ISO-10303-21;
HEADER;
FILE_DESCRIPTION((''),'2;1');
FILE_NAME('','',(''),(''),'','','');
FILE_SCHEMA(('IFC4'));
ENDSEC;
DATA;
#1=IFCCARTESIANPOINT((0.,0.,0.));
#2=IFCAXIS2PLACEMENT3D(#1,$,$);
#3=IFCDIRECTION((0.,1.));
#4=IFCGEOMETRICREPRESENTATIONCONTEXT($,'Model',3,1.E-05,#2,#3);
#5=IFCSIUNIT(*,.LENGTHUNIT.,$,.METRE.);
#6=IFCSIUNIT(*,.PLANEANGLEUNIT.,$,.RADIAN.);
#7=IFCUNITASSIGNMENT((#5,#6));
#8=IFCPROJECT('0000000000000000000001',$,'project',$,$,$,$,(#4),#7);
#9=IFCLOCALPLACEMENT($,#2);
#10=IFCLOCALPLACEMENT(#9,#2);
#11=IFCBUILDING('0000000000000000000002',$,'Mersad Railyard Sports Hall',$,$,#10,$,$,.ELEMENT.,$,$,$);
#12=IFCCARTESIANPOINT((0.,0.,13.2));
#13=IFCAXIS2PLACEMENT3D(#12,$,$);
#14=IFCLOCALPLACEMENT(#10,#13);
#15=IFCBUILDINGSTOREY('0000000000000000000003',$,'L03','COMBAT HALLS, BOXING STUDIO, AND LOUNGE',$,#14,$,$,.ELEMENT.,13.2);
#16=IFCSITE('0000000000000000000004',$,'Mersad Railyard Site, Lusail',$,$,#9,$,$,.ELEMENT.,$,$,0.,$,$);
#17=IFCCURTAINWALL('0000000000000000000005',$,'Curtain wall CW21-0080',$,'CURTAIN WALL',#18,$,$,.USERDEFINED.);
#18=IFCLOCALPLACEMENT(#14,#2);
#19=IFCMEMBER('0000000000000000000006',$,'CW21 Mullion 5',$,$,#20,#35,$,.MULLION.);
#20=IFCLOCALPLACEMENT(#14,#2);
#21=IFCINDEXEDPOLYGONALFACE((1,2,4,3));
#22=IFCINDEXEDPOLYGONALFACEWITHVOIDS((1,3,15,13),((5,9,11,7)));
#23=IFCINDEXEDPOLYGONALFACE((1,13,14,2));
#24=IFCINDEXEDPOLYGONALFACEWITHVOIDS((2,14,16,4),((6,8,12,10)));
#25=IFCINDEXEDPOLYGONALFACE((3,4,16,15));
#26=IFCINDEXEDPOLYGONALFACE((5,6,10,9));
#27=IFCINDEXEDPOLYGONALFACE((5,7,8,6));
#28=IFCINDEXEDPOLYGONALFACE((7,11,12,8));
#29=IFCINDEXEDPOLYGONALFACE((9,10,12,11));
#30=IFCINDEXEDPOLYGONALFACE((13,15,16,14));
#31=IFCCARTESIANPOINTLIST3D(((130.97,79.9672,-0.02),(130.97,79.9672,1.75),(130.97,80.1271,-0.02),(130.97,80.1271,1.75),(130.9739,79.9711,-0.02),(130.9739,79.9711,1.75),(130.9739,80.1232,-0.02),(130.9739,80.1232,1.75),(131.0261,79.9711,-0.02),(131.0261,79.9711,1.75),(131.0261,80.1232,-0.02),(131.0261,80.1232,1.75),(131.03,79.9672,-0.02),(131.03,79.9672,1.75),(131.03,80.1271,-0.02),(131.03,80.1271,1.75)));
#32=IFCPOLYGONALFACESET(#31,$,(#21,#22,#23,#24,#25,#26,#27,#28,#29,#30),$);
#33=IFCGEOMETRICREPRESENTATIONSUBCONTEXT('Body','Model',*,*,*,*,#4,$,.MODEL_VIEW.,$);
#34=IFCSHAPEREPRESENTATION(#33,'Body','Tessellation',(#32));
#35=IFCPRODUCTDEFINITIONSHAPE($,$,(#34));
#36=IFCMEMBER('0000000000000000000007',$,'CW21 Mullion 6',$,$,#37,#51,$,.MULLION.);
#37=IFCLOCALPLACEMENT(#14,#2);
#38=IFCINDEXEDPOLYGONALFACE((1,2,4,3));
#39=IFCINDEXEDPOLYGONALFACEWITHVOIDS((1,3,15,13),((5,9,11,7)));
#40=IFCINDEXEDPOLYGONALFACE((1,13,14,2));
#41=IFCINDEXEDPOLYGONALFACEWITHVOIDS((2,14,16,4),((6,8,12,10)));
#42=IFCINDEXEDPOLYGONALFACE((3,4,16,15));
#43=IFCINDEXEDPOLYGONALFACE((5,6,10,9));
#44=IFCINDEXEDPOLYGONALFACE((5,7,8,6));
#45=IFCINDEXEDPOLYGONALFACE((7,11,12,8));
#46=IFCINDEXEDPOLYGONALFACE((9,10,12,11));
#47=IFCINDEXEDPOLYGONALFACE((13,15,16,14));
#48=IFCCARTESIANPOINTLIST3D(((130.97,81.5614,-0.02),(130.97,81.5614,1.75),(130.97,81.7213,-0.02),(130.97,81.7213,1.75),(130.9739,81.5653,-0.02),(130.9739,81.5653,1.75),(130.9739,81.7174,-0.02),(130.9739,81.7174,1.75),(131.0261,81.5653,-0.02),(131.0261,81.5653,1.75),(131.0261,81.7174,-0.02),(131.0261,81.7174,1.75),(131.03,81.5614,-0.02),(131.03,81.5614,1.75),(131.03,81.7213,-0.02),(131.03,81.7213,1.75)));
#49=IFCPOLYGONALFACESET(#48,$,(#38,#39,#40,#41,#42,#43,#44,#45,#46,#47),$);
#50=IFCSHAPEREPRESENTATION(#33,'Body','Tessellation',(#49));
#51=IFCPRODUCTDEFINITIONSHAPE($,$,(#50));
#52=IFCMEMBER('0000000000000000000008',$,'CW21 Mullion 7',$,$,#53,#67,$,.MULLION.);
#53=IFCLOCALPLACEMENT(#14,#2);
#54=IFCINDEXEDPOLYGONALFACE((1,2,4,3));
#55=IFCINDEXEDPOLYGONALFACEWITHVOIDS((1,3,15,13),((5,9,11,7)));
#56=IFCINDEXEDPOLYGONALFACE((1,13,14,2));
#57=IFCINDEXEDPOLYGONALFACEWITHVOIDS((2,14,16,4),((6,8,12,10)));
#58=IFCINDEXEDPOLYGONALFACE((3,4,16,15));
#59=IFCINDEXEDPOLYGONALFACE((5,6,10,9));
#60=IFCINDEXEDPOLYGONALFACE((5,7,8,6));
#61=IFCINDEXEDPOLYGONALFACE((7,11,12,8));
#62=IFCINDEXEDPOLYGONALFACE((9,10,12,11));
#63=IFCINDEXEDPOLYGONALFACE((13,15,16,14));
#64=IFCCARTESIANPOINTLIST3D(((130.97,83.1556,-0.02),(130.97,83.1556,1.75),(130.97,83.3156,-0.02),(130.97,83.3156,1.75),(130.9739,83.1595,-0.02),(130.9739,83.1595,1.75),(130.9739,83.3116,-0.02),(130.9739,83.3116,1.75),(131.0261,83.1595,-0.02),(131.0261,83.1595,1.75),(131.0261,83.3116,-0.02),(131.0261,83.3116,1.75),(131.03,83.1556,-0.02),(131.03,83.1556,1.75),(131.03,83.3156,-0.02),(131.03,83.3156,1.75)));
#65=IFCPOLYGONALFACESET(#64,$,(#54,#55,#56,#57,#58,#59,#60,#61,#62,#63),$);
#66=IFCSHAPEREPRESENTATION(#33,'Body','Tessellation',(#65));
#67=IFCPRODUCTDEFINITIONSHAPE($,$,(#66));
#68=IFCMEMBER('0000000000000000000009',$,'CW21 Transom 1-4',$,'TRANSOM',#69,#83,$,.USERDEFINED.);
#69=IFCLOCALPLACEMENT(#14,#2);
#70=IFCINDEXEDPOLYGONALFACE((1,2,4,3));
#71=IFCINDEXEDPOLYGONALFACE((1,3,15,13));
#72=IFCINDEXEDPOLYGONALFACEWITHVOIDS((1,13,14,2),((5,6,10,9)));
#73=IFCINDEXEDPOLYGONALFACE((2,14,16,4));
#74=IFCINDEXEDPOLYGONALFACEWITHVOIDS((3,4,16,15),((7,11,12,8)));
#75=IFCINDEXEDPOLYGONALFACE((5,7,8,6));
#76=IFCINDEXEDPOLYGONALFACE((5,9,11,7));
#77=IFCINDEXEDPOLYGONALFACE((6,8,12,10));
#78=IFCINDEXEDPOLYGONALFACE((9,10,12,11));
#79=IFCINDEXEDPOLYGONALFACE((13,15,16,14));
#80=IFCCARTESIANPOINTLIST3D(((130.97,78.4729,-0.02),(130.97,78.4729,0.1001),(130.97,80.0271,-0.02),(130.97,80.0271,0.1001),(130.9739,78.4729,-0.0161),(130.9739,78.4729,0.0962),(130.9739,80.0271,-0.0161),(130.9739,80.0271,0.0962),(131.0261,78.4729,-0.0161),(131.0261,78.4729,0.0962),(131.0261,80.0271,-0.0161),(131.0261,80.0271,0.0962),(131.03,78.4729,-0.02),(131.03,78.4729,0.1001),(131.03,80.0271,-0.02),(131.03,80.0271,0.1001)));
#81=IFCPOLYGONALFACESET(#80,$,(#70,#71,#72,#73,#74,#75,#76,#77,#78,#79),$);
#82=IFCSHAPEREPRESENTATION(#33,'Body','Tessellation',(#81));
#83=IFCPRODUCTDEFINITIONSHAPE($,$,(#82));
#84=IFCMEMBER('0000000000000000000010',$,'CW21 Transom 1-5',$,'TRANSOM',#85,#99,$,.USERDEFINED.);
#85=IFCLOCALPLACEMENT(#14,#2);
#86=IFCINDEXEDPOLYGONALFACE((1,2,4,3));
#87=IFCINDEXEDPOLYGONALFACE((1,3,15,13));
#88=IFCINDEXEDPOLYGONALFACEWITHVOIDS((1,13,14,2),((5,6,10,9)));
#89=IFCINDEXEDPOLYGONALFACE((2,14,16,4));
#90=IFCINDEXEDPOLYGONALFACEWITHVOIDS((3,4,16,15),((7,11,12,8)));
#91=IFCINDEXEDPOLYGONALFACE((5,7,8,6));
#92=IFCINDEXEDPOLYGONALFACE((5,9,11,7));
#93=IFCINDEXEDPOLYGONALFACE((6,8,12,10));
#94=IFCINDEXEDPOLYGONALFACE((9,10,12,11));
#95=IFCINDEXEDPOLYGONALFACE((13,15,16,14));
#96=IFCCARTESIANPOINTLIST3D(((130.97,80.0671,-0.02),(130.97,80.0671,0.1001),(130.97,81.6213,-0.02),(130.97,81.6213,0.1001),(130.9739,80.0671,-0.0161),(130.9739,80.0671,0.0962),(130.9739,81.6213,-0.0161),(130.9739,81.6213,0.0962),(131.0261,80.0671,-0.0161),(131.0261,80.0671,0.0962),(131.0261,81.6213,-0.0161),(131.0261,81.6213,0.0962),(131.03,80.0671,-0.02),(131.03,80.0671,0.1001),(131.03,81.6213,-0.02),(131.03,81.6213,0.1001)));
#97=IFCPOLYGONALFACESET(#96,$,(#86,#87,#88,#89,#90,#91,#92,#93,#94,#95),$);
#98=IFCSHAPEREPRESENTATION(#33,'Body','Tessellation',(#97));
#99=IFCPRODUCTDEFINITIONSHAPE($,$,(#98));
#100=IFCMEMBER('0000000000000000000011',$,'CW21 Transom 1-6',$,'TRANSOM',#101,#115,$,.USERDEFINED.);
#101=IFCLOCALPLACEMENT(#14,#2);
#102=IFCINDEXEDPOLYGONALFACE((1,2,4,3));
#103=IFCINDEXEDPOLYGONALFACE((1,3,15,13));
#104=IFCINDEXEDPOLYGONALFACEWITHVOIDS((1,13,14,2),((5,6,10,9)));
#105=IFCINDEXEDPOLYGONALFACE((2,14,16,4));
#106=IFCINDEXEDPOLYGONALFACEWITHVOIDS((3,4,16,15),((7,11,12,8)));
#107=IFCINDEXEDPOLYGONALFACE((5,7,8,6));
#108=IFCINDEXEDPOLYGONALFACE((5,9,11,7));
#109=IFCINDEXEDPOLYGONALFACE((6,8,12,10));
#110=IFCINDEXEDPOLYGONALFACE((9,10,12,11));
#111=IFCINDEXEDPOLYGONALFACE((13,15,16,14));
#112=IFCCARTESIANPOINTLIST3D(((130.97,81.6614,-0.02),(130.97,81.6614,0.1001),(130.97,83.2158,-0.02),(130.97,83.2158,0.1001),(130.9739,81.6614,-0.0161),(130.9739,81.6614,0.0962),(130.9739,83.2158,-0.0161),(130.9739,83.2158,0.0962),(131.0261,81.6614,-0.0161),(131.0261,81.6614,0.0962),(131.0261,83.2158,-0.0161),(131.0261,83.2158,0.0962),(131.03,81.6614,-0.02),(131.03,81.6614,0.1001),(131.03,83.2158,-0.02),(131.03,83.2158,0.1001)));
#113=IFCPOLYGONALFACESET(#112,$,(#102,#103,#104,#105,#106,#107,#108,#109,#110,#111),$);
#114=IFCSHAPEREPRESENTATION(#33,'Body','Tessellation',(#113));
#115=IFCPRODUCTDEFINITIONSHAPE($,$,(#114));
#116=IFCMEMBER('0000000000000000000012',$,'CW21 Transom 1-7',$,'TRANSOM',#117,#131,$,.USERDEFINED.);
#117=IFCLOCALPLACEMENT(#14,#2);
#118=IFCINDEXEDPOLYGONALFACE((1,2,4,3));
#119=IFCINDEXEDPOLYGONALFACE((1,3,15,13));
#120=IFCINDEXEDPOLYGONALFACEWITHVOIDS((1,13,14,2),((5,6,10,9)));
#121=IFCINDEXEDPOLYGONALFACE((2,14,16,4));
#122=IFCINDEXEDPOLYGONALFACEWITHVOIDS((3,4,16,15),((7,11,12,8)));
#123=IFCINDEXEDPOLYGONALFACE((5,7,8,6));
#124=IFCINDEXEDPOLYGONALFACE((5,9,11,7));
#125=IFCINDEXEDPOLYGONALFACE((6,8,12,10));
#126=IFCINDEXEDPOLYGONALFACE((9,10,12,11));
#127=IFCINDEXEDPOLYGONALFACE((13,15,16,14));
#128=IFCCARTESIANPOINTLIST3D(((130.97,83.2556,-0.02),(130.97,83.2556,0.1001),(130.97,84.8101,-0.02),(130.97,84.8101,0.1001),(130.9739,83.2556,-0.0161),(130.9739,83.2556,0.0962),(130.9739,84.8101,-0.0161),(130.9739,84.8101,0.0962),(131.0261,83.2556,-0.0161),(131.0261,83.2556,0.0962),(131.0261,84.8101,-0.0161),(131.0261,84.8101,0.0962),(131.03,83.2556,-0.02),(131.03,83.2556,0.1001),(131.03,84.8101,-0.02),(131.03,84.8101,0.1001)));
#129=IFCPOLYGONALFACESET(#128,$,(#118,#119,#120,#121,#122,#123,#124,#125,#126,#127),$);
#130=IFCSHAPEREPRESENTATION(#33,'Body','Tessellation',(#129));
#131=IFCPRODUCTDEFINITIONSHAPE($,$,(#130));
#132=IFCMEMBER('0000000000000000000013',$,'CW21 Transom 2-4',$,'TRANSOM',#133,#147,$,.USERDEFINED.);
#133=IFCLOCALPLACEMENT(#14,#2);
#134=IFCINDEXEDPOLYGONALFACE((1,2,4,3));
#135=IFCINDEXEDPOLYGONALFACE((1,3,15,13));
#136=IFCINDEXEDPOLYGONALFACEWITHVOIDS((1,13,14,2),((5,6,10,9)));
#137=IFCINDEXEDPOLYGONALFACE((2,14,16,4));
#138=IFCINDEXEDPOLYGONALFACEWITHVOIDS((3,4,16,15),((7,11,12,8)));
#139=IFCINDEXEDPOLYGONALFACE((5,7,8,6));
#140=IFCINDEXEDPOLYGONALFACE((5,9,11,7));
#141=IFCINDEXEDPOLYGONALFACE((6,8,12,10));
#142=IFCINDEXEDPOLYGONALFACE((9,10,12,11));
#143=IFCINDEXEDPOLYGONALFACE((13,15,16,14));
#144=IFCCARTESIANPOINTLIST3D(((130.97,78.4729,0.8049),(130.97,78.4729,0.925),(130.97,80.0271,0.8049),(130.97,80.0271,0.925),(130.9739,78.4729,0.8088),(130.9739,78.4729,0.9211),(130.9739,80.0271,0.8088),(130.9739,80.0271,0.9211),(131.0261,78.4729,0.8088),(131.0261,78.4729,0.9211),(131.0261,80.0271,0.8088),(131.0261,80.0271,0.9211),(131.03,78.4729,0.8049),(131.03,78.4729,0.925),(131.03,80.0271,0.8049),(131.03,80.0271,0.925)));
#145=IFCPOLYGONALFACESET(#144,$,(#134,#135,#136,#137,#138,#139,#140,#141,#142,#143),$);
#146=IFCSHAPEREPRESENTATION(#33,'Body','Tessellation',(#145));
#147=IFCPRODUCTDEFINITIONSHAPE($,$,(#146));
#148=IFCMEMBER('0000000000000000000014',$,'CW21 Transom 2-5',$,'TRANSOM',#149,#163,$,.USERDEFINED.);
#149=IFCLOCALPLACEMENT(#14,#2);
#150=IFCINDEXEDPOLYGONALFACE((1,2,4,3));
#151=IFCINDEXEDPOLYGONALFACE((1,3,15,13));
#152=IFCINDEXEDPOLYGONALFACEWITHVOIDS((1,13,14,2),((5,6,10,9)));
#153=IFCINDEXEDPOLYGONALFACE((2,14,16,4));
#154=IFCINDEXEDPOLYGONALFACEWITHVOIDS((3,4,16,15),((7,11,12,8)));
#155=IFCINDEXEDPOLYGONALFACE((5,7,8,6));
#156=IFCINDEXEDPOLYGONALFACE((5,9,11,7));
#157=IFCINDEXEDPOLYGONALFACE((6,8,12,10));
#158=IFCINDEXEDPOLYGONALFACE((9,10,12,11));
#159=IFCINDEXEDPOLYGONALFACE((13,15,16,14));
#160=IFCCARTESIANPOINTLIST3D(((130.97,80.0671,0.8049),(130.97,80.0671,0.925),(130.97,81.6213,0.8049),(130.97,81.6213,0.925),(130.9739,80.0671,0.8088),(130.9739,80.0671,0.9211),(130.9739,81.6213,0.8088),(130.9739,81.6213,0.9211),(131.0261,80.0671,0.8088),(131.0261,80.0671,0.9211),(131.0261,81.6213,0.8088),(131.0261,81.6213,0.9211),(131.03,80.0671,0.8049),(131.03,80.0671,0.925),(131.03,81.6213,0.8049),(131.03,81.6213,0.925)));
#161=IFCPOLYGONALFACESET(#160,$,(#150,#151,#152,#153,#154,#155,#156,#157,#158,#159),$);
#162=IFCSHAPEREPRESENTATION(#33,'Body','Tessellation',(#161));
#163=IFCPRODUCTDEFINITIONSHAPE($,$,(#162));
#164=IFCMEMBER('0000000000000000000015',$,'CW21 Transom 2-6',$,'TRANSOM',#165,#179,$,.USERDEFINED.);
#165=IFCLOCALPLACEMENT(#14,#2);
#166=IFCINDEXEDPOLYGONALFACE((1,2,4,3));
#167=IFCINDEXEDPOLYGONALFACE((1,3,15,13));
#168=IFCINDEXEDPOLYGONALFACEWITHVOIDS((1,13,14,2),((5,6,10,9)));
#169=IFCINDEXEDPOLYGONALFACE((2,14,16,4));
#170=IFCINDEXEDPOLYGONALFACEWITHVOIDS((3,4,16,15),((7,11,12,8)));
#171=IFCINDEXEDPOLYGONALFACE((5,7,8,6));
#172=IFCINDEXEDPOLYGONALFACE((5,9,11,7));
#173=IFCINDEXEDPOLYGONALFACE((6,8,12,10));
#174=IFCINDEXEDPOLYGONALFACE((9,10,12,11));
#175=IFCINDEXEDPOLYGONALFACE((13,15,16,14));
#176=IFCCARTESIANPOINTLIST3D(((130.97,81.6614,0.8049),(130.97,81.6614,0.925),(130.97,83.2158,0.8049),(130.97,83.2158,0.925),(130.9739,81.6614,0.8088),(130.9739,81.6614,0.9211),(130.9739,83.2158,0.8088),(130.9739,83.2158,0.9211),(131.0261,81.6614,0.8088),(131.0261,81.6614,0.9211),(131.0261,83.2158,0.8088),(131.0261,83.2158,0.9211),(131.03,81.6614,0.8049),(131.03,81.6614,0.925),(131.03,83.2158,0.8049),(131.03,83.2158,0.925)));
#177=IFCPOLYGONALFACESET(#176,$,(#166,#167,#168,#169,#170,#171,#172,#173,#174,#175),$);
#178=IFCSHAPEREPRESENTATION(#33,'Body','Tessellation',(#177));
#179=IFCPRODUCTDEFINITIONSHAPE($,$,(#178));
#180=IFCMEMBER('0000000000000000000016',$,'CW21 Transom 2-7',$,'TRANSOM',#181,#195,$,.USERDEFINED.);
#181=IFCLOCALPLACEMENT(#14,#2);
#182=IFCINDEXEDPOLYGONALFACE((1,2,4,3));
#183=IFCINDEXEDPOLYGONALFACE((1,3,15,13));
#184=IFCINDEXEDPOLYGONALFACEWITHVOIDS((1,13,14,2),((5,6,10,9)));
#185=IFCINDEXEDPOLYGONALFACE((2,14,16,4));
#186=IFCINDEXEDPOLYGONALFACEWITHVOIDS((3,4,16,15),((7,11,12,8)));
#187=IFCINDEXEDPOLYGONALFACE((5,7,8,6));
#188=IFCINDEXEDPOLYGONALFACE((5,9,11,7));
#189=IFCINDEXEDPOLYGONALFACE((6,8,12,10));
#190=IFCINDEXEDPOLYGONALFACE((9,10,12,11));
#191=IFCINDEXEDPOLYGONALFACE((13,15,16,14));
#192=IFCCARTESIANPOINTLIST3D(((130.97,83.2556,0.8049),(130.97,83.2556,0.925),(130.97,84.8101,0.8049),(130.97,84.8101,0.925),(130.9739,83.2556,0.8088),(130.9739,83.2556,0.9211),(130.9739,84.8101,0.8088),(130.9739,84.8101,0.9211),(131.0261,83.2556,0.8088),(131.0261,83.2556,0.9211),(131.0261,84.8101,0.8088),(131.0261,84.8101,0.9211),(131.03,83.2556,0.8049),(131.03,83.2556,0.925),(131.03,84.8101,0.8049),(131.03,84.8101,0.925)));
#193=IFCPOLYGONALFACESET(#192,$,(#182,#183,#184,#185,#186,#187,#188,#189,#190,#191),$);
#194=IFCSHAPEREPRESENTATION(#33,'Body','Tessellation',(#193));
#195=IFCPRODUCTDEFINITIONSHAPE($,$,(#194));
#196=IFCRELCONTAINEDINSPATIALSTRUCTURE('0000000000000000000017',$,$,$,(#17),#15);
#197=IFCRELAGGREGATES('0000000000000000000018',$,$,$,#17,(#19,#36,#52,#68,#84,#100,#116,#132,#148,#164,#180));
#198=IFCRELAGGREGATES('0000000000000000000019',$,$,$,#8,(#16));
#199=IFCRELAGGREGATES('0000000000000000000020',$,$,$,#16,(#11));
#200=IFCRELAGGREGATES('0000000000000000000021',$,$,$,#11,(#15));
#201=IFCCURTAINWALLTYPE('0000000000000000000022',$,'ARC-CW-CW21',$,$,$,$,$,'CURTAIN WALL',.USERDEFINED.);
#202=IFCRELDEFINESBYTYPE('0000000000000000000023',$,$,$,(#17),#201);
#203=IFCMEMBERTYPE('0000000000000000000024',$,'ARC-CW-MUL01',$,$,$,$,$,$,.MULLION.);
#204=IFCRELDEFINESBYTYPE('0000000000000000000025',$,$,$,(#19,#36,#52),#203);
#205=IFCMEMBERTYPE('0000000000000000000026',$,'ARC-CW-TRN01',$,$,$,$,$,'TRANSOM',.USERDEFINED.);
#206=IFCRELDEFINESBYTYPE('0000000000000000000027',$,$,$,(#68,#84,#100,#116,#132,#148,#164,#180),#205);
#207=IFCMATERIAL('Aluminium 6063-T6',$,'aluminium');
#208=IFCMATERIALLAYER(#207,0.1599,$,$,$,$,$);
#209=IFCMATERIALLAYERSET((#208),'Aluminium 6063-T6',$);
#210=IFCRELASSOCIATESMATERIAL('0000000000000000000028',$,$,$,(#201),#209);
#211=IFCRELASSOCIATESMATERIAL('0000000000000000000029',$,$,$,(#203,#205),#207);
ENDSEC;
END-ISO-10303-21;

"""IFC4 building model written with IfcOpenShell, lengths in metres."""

from ifc_helpers import new_model, si_unit, direction, frame, origin, origin_2d, place, context, subcontext, project, spatial, hollow_rectangle, extrude, material, layer, layer_set, material_profile, profile_set, type_object, element, aggregate, save


model = new_model("IFC4")

# Units and contexts
model_context = context("Model", 3, precision=1e-05, world=origin(), true_north=direction((0.0, 1.0)))
body_context = subcontext(model_context, "Body", "Model", "MODEL_VIEW")
ifc_project = project(units=[si_unit("LENGTHUNIT", "METRE"), si_unit("PLANEANGLEUNIT", "RADIAN")], contexts=[model_context])

# Site, building, storey
site_placement = place(None, origin())
site = spatial("IfcSite", under=ifc_project, at=site_placement, Name="Mersad Railyard Site, Lusail", CompositionType="ELEMENT", RefElevation=0.0)
building_placement = place(site_placement, origin())
building = spatial("IfcBuilding", under=site, at=building_placement, Name="Mersad Railyard Sports Hall", CompositionType="ELEMENT")
storey_placement = place(building_placement, frame((0.0, 0.0, 13.2)))
storey = spatial("IfcBuildingStorey", under=building, at=storey_placement, Name="L03", Description="COMBAT HALLS, BOXING STUDIO, AND LOUNGE", CompositionType="ELEMENT", Elevation=13.2)

# Curtain wall, members
ifc_material_1 = material(Name="Aluminium 6063-T6", Category="aluminium")
ifc_layer_1 = layer(ifc_material_1, 0.1599)
ifc_layer_set_1 = layer_set([ifc_layer_1], Name="Aluminium 6063-T6")
curtain_wall_type = type_object("IfcCurtainWallType", Name="ARC-CW-CW21", ElementType="CURTAIN WALL", PredefinedType="USERDEFINED", material=ifc_layer_set_1)
curtain_wall_placement = place(storey_placement, origin())
curtain_wall = element("IfcCurtainWall", 1, at=curtain_wall_placement, inside=storey, type_object=curtain_wall_type, Name="Curtain wall CW21-0080", ObjectType="CURTAIN WALL", PredefinedType="USERDEFINED")
ifc_material_profile_1 = material_profile(ifc_material_1, hollow_rectangle(XDim=0.0601, YDim=0.1599, WallThickness=0.0039, at=origin_2d()), Name="AL MULLION 60x160x4")
ifc_profile_set_1 = profile_set([ifc_material_profile_1], Name="Aluminium 6063-T6")
member_type_1 = type_object("IfcMemberType", Name="ARC-CW-MUL01", PredefinedType="MULLION", material=ifc_profile_set_1)
member_1_placement = place(storey_placement, frame((131.0, 80.0471, -0.02), z_axis=(0.0, 0.0, 1.0), x_axis=(1.0, 0.0, 0.0)))
member_1 = element("IfcMember", 2, at=member_1_placement, type_object=member_type_1, Name="CW21 Mullion 5", PredefinedType="MULLION", context=body_context, shape_type="SweptSolid", body=[
    extrude(hollow_rectangle(XDim=0.0601, YDim=0.1599, WallThickness=0.0039, at=origin_2d()), origin(), (0.0, 0.0, 1.0), 1.77),
])
member_2_placement = place(storey_placement, frame((131.0, 81.6414, -0.02), z_axis=(0.0, 0.0, 1.0), x_axis=(1.0, 0.0, 0.0)))
member_2 = element("IfcMember", 3, at=member_2_placement, type_object=member_type_1, Name="CW21 Mullion 6", PredefinedType="MULLION", context=body_context, shape_type="SweptSolid", body=[
    extrude(hollow_rectangle(XDim=0.0601, YDim=0.1599, WallThickness=0.0039, at=origin_2d()), origin(), (0.0, 0.0, 1.0), 1.77),
])
member_3_placement = place(storey_placement, frame((131.0, 83.2356, -0.02), z_axis=(0.0, 0.0, 1.0), x_axis=(1.0, 0.0, 0.0)))
member_3 = element("IfcMember", 4, at=member_3_placement, type_object=member_type_1, Name="CW21 Mullion 7", PredefinedType="MULLION", context=body_context, shape_type="SweptSolid", body=[
    extrude(hollow_rectangle(XDim=0.0601, YDim=0.1599, WallThickness=0.0039, at=origin_2d()), origin(), (0.0, 0.0, 1.0), 1.77),
])
ifc_material_profile_2 = material_profile(ifc_material_1, hollow_rectangle(XDim=0.0601, YDim=0.1201, WallThickness=0.0039, at=origin_2d()), Name="AL TRANSOM 60x120x4")
ifc_profile_set_2 = profile_set([ifc_material_profile_2], Name="Aluminium 6063-T6")
member_type_2 = type_object("IfcMemberType", Name="ARC-CW-TRN01", ElementType="TRANSOM", PredefinedType="USERDEFINED", material=ifc_profile_set_2)
member_4_placement = place(storey_placement, frame((131.0, 78.4729, 0.04), z_axis=(0.0, 1.0, 0.0), x_axis=(-1.0, 0.0, 0.0)))
member_4 = element("IfcMember", 5, at=member_4_placement, type_object=member_type_2, Name="CW21 Transom 1-4", ObjectType="TRANSOM", PredefinedType="USERDEFINED", context=body_context, shape_type="SweptSolid", body=[
    extrude(hollow_rectangle(XDim=0.0601, YDim=0.1201, WallThickness=0.0039, at=origin_2d()), origin(), (0.0, 0.0, 1.0), 1.5542),
])
member_5_placement = place(storey_placement, frame((131.0, 80.0671, 0.04), z_axis=(0.0, 1.0, 0.0), x_axis=(-1.0, 0.0, 0.0)))
member_5 = element("IfcMember", 6, at=member_5_placement, type_object=member_type_2, Name="CW21 Transom 1-5", ObjectType="TRANSOM", PredefinedType="USERDEFINED", context=body_context, shape_type="SweptSolid", body=[
    extrude(hollow_rectangle(XDim=0.0601, YDim=0.1201, WallThickness=0.0039, at=origin_2d()), origin(), (0.0, 0.0, 1.0), 1.5542),
])
member_6_placement = place(storey_placement, frame((131.0, 81.6614, 0.04), z_axis=(0.0, 1.0, 0.0), x_axis=(-1.0, 0.0, 0.0)))
member_6 = element("IfcMember", 7, at=member_6_placement, type_object=member_type_2, Name="CW21 Transom 1-6", ObjectType="TRANSOM", PredefinedType="USERDEFINED", context=body_context, shape_type="SweptSolid", body=[
    extrude(hollow_rectangle(XDim=0.0601, YDim=0.1201, WallThickness=0.0039, at=origin_2d()), origin(), (0.0, 0.0, 1.0), 1.5544),
])
member_7_placement = place(storey_placement, frame((131.0, 83.2556, 0.04), z_axis=(0.0, 1.0, 0.0), x_axis=(-1.0, 0.0, 0.0)))
member_7 = element("IfcMember", 8, at=member_7_placement, type_object=member_type_2, Name="CW21 Transom 1-7", ObjectType="TRANSOM", PredefinedType="USERDEFINED", context=body_context, shape_type="SweptSolid", body=[
    extrude(hollow_rectangle(XDim=0.0601, YDim=0.1201, WallThickness=0.0039, at=origin_2d()), origin(), (0.0, 0.0, 1.0), 1.5544),
])
member_8_placement = place(storey_placement, frame((131.0, 78.4729, 0.865), z_axis=(0.0, 1.0, 0.0), x_axis=(-1.0, 0.0, 0.0)))
member_8 = element("IfcMember", 9, at=member_8_placement, type_object=member_type_2, Name="CW21 Transom 2-4", ObjectType="TRANSOM", PredefinedType="USERDEFINED", context=body_context, shape_type="SweptSolid", body=[
    extrude(hollow_rectangle(XDim=0.0601, YDim=0.1201, WallThickness=0.0039, at=origin_2d()), origin(), (0.0, 0.0, 1.0), 1.5542),
])
member_9_placement = place(storey_placement, frame((131.0, 80.0671, 0.865), z_axis=(0.0, 1.0, 0.0), x_axis=(-1.0, 0.0, 0.0)))
member_9 = element("IfcMember", 10, at=member_9_placement, type_object=member_type_2, Name="CW21 Transom 2-5", ObjectType="TRANSOM", PredefinedType="USERDEFINED", context=body_context, shape_type="SweptSolid", body=[
    extrude(hollow_rectangle(XDim=0.0601, YDim=0.1201, WallThickness=0.0039, at=origin_2d()), origin(), (0.0, 0.0, 1.0), 1.5542),
])
member_10_placement = place(storey_placement, frame((131.0, 81.6614, 0.865), z_axis=(0.0, 1.0, 0.0), x_axis=(-1.0, 0.0, 0.0)))
member_10 = element("IfcMember", 11, at=member_10_placement, type_object=member_type_2, Name="CW21 Transom 2-6", ObjectType="TRANSOM", PredefinedType="USERDEFINED", context=body_context, shape_type="SweptSolid", body=[
    extrude(hollow_rectangle(XDim=0.0601, YDim=0.1201, WallThickness=0.0039, at=origin_2d()), origin(), (0.0, 0.0, 1.0), 1.5544),
])
member_11_placement = place(storey_placement, frame((131.0, 83.2556, 0.865), z_axis=(0.0, 1.0, 0.0), x_axis=(-1.0, 0.0, 0.0)))
member_11 = element("IfcMember", 12, at=member_11_placement, type_object=member_type_2, Name="CW21 Transom 2-7", ObjectType="TRANSOM", PredefinedType="USERDEFINED", context=body_context, shape_type="SweptSolid", body=[
    extrude(hollow_rectangle(XDim=0.0601, YDim=0.1201, WallThickness=0.0039, at=origin_2d()), origin(), (0.0, 0.0, 1.0), 1.5544),
])
aggregate(curtain_wall, [member_1, member_2, member_3, member_4, member_5, member_6, member_7, member_8, member_9, member_10, member_11])

save(model, "model.ifc")
